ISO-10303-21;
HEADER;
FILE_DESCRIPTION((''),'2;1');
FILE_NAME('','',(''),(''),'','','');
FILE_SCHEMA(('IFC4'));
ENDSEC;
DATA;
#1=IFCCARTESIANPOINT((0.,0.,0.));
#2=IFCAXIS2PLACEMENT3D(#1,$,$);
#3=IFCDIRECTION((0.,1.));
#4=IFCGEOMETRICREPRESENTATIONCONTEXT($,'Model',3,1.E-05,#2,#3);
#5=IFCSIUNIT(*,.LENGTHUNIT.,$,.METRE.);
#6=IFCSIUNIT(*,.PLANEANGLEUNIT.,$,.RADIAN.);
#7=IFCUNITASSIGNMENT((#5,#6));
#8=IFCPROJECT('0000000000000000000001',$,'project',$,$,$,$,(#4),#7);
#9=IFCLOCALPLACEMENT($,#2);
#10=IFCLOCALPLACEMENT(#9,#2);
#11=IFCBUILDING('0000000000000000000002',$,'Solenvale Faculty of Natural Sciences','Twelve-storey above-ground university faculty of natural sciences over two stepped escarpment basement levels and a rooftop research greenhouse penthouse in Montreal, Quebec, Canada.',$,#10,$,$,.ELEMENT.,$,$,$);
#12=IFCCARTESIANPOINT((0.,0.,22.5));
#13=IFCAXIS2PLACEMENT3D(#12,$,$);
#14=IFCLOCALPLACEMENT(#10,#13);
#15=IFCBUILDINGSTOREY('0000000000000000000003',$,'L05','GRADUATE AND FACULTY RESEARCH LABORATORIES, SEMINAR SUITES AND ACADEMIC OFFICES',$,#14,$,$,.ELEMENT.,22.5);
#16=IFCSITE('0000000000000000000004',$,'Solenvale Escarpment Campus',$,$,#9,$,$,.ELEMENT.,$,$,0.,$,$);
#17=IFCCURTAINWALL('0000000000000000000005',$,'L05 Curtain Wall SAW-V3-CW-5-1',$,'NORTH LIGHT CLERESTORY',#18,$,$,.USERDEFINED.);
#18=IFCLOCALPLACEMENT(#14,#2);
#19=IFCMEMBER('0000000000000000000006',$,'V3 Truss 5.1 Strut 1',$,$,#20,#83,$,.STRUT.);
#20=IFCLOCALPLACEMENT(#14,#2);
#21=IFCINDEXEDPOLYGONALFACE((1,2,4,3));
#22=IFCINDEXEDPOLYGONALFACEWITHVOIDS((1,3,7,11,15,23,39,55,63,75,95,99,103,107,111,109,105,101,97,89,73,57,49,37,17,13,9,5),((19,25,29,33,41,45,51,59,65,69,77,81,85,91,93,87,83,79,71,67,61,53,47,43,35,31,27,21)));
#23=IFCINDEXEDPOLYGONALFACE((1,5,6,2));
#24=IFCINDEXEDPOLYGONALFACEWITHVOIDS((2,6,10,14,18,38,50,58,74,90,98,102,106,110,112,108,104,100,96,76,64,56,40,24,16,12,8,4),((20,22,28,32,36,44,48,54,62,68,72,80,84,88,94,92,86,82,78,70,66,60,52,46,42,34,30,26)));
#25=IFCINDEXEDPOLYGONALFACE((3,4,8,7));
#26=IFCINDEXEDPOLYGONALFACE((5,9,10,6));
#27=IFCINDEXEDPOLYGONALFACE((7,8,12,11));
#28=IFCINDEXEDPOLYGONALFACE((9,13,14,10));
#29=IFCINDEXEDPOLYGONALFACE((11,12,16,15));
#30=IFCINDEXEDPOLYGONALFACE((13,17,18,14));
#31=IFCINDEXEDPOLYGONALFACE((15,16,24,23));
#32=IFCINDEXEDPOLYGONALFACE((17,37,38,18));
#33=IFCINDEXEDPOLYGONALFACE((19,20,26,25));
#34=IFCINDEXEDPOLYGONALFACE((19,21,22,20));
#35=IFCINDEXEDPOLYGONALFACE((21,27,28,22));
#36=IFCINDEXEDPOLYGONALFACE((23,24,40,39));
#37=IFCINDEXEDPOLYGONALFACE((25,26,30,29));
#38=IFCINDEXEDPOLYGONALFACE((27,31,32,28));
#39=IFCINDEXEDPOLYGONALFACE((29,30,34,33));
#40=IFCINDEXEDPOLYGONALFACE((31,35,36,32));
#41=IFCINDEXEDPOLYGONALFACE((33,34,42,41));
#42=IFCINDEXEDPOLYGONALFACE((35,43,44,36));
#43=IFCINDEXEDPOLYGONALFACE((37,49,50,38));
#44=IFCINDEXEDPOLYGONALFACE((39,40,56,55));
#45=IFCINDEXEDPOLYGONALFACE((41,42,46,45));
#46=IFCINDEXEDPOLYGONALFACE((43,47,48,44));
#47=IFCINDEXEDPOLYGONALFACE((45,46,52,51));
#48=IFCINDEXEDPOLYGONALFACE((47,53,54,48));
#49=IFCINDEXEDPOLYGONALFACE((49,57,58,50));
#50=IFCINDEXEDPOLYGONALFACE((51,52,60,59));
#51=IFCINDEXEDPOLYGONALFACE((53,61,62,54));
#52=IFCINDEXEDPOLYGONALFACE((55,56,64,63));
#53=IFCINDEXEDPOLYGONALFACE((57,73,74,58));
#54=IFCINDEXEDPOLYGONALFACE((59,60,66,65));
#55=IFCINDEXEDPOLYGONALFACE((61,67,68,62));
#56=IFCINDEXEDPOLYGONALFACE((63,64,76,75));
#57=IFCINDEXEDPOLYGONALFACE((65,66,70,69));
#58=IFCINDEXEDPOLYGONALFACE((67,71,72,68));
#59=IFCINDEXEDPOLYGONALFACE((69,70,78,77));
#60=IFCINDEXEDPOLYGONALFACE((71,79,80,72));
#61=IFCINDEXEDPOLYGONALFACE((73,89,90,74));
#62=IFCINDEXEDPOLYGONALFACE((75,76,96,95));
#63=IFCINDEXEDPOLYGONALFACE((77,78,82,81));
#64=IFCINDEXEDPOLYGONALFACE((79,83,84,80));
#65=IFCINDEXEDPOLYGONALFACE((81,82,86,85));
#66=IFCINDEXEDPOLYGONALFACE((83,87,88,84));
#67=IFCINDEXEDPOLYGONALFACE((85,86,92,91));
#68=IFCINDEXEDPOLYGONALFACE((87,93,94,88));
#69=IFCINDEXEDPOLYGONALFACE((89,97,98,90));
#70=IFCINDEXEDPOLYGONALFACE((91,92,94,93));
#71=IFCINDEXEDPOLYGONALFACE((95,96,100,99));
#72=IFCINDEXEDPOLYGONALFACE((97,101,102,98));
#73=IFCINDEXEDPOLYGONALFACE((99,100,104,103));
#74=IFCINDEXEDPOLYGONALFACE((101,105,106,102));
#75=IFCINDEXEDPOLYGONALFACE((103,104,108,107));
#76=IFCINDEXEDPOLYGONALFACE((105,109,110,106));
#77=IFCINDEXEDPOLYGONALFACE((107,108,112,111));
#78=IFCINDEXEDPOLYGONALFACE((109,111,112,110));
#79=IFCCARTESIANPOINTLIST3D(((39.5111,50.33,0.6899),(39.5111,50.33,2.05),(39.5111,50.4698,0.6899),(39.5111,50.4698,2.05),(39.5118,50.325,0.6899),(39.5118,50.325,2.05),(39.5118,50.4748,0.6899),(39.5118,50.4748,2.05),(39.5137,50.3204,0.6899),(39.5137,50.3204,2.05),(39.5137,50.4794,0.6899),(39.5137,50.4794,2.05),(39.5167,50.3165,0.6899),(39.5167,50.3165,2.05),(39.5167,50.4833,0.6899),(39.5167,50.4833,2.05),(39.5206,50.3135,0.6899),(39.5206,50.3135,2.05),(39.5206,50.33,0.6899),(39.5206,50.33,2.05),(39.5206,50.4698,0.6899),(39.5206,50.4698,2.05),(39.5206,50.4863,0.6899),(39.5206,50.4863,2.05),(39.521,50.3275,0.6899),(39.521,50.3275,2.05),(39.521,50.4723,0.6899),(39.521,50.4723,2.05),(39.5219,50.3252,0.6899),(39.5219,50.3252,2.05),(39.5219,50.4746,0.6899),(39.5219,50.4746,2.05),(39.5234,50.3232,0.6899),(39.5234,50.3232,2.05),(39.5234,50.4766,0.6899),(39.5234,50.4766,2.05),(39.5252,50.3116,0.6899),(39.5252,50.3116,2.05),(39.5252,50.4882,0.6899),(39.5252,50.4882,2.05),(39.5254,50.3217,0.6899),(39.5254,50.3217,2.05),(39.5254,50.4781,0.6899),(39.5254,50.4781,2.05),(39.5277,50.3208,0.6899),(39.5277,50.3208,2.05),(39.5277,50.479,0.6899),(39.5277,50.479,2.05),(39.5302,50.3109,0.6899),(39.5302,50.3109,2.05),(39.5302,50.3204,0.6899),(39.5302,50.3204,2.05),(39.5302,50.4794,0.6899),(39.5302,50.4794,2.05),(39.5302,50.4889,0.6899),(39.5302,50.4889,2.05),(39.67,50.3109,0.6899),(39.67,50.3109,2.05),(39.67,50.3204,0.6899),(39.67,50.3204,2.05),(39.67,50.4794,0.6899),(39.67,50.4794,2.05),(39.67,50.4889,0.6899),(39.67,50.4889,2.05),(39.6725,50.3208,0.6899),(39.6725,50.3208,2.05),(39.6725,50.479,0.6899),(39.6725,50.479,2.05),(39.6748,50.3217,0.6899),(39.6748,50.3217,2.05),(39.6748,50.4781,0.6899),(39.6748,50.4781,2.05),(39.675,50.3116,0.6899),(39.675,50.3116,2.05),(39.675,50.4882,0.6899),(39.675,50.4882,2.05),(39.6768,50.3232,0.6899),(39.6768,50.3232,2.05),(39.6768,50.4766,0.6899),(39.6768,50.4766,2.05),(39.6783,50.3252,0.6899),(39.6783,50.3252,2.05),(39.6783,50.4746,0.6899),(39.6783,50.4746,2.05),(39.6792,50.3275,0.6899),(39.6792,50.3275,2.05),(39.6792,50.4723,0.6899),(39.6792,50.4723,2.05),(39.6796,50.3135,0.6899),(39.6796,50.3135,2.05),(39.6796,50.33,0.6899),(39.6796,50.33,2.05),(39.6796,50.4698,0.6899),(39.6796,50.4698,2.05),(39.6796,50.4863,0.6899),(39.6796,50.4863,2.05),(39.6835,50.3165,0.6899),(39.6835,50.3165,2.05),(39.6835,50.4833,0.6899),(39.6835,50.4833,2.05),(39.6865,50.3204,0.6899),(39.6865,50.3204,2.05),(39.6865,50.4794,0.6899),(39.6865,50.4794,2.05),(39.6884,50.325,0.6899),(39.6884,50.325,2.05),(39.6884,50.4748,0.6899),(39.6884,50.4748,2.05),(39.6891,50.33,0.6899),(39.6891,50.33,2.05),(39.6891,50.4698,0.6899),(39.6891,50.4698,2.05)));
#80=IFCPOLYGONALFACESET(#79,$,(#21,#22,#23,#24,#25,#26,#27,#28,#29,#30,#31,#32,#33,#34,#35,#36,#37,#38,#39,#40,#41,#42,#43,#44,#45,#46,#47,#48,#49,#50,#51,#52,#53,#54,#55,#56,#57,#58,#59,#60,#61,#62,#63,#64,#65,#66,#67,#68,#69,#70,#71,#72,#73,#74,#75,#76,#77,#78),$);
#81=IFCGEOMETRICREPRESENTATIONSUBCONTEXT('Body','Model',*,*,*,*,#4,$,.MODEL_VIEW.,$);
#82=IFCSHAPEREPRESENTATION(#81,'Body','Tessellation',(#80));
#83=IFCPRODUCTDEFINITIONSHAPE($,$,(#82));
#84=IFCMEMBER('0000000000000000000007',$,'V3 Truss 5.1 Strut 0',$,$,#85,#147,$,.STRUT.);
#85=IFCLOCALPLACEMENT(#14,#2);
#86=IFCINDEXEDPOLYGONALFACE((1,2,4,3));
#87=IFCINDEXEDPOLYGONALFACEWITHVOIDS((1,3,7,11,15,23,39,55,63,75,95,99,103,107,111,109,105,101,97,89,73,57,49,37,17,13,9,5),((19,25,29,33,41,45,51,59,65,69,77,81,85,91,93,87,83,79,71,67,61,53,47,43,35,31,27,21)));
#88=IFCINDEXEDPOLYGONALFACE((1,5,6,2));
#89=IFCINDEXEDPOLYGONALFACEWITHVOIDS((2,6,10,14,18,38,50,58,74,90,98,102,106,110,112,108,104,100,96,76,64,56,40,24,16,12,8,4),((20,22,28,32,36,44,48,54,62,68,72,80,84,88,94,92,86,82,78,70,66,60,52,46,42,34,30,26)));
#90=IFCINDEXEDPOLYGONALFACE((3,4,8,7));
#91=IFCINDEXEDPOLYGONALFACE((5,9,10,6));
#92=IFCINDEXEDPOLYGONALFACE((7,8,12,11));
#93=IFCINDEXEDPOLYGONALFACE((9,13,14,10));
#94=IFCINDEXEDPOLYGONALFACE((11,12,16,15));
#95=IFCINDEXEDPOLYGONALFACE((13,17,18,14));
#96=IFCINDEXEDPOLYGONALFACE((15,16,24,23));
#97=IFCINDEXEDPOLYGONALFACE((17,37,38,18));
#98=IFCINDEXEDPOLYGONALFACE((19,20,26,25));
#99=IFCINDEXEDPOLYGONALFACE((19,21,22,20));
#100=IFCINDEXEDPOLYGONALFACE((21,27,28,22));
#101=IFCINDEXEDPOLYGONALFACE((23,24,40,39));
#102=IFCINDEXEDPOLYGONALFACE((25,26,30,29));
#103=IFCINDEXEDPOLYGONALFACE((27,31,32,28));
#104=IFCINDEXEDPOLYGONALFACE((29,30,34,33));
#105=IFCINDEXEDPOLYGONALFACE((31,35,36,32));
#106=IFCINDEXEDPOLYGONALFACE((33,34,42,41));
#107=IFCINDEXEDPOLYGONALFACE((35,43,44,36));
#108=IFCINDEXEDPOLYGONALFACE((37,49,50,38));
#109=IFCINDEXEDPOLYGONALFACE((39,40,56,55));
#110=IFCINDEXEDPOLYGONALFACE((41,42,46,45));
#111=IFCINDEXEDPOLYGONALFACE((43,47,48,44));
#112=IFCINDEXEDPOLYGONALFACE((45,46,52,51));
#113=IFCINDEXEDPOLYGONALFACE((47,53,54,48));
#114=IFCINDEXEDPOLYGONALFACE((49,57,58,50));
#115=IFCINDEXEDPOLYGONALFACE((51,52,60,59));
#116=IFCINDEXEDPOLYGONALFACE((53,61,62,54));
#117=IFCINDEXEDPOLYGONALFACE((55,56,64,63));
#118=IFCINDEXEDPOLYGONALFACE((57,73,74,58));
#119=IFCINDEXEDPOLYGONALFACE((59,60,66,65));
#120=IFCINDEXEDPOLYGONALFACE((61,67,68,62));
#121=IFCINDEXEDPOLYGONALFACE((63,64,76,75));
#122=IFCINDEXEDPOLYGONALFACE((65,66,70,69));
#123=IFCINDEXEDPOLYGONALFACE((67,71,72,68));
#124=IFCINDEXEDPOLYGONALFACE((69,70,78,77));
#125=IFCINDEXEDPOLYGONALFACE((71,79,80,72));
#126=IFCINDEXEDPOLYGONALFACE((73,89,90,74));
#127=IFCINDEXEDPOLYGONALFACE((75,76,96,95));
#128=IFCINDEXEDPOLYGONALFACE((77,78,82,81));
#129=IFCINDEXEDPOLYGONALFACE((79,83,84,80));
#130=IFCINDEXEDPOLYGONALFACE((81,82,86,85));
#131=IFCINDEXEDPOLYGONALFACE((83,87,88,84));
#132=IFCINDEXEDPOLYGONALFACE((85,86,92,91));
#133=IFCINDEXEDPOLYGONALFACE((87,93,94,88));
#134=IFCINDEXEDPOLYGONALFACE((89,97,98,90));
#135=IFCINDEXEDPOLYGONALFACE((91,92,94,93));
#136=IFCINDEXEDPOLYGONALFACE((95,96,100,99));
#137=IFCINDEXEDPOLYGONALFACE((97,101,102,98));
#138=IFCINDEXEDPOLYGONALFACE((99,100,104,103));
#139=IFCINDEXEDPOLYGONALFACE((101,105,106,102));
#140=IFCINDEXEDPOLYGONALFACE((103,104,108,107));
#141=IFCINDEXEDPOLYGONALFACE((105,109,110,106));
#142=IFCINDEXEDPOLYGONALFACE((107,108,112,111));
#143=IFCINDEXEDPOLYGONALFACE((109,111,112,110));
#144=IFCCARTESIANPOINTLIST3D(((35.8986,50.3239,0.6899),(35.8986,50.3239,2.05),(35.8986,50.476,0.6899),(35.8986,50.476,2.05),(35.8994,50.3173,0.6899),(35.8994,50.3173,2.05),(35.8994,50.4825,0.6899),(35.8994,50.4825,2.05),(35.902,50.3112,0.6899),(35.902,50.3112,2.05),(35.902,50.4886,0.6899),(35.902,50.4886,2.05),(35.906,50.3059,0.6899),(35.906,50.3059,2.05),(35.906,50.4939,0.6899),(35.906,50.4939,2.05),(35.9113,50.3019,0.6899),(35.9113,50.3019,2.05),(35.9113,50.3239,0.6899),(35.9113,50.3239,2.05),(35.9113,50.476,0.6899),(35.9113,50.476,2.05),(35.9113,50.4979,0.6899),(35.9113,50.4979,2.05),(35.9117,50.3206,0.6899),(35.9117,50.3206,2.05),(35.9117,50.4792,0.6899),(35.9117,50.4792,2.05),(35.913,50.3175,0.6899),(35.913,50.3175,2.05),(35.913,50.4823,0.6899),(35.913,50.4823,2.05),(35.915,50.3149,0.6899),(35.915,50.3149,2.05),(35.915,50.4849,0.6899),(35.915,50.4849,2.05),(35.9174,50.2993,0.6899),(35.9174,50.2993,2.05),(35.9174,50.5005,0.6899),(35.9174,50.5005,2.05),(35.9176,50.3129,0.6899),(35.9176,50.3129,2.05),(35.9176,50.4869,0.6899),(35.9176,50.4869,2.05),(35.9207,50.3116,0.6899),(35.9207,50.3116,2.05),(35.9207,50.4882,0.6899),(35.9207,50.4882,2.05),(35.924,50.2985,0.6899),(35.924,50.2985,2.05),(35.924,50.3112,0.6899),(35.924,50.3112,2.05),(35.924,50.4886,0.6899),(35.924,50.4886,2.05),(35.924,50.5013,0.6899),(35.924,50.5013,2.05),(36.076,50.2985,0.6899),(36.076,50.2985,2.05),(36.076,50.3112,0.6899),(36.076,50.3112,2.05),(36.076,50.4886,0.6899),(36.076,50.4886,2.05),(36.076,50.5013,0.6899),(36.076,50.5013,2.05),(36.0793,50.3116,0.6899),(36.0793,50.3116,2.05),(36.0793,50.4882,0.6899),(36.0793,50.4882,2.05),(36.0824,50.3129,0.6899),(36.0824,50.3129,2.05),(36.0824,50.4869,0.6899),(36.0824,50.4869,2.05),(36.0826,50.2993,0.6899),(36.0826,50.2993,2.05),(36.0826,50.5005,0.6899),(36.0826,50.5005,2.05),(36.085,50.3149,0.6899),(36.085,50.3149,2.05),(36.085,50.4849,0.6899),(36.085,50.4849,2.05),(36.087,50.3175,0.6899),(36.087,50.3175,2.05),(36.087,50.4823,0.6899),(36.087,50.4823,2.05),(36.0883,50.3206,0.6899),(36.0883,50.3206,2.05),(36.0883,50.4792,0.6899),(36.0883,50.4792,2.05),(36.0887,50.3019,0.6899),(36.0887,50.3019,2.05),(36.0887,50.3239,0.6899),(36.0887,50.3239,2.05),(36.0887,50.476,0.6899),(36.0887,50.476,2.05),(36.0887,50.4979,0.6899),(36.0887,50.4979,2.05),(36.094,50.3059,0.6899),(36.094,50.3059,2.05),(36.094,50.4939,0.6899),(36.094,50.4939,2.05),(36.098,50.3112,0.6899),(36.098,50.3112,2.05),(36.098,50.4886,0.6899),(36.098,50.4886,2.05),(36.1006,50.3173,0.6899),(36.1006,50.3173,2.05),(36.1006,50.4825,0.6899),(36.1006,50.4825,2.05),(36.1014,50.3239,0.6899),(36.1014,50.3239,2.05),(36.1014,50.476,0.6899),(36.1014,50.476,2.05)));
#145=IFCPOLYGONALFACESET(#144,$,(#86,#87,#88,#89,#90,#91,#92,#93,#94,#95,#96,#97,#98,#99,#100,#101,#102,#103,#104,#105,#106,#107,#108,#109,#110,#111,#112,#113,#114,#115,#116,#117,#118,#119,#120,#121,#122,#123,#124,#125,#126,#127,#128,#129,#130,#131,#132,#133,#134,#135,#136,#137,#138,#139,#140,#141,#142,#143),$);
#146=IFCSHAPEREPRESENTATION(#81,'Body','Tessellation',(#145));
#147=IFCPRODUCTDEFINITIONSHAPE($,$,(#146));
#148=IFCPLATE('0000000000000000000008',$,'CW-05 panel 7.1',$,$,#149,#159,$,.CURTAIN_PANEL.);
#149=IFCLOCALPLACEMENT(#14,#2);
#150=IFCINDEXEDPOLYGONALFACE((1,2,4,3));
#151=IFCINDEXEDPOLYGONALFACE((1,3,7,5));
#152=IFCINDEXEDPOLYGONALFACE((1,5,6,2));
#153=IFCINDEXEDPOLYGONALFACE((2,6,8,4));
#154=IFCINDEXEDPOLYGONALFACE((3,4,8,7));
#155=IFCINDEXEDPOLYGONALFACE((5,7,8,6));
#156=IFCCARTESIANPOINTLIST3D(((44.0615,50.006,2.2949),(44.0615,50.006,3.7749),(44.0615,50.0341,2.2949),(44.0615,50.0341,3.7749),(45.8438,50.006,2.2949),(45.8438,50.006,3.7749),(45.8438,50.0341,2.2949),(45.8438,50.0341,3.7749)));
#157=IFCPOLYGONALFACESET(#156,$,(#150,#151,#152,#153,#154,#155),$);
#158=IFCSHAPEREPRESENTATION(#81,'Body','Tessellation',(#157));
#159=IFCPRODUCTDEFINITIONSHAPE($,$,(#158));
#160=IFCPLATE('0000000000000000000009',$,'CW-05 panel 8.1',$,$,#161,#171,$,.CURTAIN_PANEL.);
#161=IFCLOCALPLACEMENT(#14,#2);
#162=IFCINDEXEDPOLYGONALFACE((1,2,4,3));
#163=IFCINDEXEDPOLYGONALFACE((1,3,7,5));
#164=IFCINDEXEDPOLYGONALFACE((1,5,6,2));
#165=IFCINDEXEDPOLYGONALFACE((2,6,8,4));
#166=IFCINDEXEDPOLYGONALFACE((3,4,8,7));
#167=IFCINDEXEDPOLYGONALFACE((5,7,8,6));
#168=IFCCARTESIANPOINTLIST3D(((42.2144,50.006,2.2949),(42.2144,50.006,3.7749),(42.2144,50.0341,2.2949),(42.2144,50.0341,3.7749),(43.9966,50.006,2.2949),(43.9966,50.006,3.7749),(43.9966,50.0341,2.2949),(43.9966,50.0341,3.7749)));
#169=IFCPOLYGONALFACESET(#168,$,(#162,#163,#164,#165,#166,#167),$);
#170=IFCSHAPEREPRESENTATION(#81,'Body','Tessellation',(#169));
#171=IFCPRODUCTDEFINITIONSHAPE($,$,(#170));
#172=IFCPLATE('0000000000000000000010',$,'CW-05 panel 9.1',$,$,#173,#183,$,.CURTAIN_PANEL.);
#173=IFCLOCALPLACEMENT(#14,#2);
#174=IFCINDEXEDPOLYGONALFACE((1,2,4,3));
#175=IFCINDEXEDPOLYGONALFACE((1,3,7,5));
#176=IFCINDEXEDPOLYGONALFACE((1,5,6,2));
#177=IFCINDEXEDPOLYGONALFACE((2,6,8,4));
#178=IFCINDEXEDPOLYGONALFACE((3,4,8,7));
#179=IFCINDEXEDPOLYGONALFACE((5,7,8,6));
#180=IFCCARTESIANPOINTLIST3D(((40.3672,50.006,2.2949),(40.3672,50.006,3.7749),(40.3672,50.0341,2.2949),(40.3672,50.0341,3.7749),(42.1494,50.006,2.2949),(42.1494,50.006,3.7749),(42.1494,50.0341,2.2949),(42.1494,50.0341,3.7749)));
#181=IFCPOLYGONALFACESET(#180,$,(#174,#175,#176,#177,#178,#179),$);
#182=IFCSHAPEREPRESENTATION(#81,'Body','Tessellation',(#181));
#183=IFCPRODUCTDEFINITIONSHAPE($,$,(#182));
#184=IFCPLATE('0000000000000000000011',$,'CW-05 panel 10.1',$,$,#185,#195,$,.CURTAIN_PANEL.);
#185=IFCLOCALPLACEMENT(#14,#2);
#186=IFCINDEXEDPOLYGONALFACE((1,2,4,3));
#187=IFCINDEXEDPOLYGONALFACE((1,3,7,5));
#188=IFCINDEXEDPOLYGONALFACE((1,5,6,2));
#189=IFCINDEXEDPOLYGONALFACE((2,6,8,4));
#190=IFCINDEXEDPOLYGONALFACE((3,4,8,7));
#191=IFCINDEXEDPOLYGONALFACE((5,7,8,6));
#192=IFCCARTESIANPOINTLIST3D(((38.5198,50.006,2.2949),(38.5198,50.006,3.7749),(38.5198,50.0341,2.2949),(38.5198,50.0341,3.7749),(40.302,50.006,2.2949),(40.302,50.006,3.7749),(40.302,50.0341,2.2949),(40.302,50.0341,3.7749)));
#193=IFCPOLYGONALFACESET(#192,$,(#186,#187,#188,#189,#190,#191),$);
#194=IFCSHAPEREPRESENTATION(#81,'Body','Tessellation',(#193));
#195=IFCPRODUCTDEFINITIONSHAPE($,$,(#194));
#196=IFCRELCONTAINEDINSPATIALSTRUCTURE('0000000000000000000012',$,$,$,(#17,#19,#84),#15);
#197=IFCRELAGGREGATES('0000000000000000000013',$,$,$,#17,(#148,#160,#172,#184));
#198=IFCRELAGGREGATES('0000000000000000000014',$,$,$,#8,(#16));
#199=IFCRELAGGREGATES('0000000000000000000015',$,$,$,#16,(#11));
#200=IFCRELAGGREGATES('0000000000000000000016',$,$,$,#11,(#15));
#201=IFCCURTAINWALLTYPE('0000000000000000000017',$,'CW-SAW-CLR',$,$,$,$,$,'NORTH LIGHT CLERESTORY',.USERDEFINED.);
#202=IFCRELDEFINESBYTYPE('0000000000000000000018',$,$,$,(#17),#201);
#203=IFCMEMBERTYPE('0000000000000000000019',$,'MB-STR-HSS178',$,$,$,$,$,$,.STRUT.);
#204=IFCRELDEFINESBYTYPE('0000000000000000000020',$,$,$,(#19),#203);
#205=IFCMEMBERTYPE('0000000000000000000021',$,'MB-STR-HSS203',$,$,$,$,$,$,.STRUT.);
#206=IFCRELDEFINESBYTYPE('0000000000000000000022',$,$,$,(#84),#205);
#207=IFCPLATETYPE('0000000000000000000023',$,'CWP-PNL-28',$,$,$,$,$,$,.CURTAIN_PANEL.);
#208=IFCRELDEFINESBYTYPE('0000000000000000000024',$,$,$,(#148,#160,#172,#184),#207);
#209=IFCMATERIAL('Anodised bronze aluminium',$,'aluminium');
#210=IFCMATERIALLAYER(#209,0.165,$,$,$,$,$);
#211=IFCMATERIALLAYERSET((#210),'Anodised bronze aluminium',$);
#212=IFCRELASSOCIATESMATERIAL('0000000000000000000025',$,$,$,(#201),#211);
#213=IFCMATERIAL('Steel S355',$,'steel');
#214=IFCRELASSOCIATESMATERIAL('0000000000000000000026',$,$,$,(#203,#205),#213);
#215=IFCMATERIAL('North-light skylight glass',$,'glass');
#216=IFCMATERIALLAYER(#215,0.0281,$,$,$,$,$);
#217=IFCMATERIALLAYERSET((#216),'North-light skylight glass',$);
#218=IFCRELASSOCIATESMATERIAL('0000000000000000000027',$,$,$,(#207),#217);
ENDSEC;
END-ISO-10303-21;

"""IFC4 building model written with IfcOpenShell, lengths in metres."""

from ifc_helpers import new_model, si_unit, direction, frame, origin, origin_2d, place, context, subcontext, project, spatial, rectangle, hollow_rectangle, extrude, material, layer, layer_set, material_profile, profile_set, type_object, element, aggregate, save


model = new_model("IFC4")

# Units and contexts
model_context = context("Model", 3, precision=1e-05, world=origin(), true_north=direction((0.0, 1.0)))
body_context = subcontext(model_context, "Body", "Model", "MODEL_VIEW")
ifc_project = project(units=[si_unit("LENGTHUNIT", "METRE"), si_unit("PLANEANGLEUNIT", "RADIAN")], contexts=[model_context])

# Site, building, storey
site_placement = place(None, origin())
site = spatial("IfcSite", under=ifc_project, at=site_placement, Name="Solenvale Escarpment Campus", CompositionType="ELEMENT", RefElevation=0.0)
building_placement = place(site_placement, origin())
building = spatial("IfcBuilding", under=site, at=building_placement, Name="Solenvale Faculty of Natural Sciences", Description="Twelve-storey above-ground university faculty of natural sciences over two stepped escarpment basement levels and a rooftop research greenhouse penthouse in Montreal, Quebec, Canada.", CompositionType="ELEMENT")
storey_placement = place(building_placement, frame((0.0, 0.0, 22.5)))
storey = spatial("IfcBuildingStorey", under=building, at=storey_placement, Name="L05", Description="GRADUATE AND FACULTY RESEARCH LABORATORIES, SEMINAR SUITES AND ACADEMIC OFFICES", CompositionType="ELEMENT", Elevation=22.5)

# Shared definitions
ifc_material_1 = material(Name="Steel S355", Category="steel")

# Curtain wall
ifc_material_2 = material(Name="Anodised bronze aluminium", Category="aluminium")
ifc_layer_1 = layer(ifc_material_2, 0.165)
ifc_layer_set_1 = layer_set([ifc_layer_1], Name="Anodised bronze aluminium")
curtain_wall_type = type_object("IfcCurtainWallType", Name="CW-SAW-CLR", ElementType="NORTH LIGHT CLERESTORY", PredefinedType="USERDEFINED", material=ifc_layer_set_1)
curtain_wall_placement = place(storey_placement, origin())
curtain_wall = element("IfcCurtainWall", 1, at=curtain_wall_placement, inside=storey, type_object=curtain_wall_type, Name="L05 Curtain Wall SAW-V3-CW-5-1", ObjectType="NORTH LIGHT CLERESTORY", PredefinedType="USERDEFINED")

# Members
ifc_material_profile_1 = material_profile(ifc_material_1, hollow_rectangle(XDim=0.178, YDim=0.178, WallThickness=0.0095, InnerFilletRadius=0.0095, OuterFilletRadius=0.019, at=origin_2d()), Name="HSS178x178x9.5")
ifc_profile_set_1 = profile_set([ifc_material_profile_1], Name="Steel S355")
member_type_1 = type_object("IfcMemberType", Name="MB-STR-HSS178", PredefinedType="STRUT", material=ifc_profile_set_1)
member_1_placement = place(storey_placement, frame((39.6001, 50.3999, 0.6899), z_axis=(0.0, 0.0, 1.0), x_axis=(1.0, 0.0, 0.0)))
element("IfcMember", 2, at=member_1_placement, inside=storey, type_object=member_type_1, Name="V3 Truss 5.1 Strut 1", PredefinedType="STRUT", context=body_context, shape_type="SweptSolid", body=[
    extrude(hollow_rectangle(XDim=0.178, YDim=0.178, WallThickness=0.0095, InnerFilletRadius=0.0095, OuterFilletRadius=0.019, at=origin_2d()), origin(), (0.0, 0.0, 1.0), 1.3601),
])
ifc_material_profile_2 = material_profile(ifc_material_1, hollow_rectangle(XDim=0.2029, YDim=0.2029, WallThickness=0.0127, InnerFilletRadius=0.0127, OuterFilletRadius=0.0254, at=origin_2d()), Name="HSS203x203x13")
ifc_profile_set_2 = profile_set([ifc_material_profile_2], Name="Steel S355")
member_type_2 = type_object("IfcMemberType", Name="MB-STR-HSS203", PredefinedType="STRUT", material=ifc_profile_set_2)
member_2_placement = place(storey_placement, frame((36.0, 50.3999, 0.6899), z_axis=(0.0, 0.0, 1.0), x_axis=(1.0, 0.0, 0.0)))
element("IfcMember", 3, at=member_2_placement, inside=storey, type_object=member_type_2, Name="V3 Truss 5.1 Strut 0", PredefinedType="STRUT", context=body_context, shape_type="SweptSolid", body=[
    extrude(hollow_rectangle(XDim=0.2029, YDim=0.2029, WallThickness=0.0127, InnerFilletRadius=0.0127, OuterFilletRadius=0.0254, at=origin_2d()), origin(), (0.0, 0.0, 1.0), 1.3601),
])

# Plates
ifc_material_3 = material(Name="North-light skylight glass", Category="glass")
ifc_layer_2 = layer(ifc_material_3, 0.0281)
ifc_layer_set_2 = layer_set([ifc_layer_2], Name="North-light skylight glass")
plate_type_1 = type_object("IfcPlateType", Name="CWP-PNL-28", PredefinedType="CURTAIN_PANEL", material=ifc_layer_set_2)
plate_1_placement = place(storey_placement, frame((44.9526, 50.02, 2.2949), z_axis=(0.0, 0.0, 1.0), x_axis=(-1.0, 0.0, 0.0)))
plate_1 = element("IfcPlate", 4, at=plate_1_placement, type_object=plate_type_1, Name="CW-05 panel 7.1", PredefinedType="CURTAIN_PANEL", context=body_context, shape_type="SweptSolid", body=[
    extrude(rectangle(XDim=1.7822, YDim=0.0281, at=origin_2d()), origin(), (0.0, 0.0, 1.0), 1.48),
])
plate_2_placement = place(storey_placement, frame((43.1055, 50.02, 2.2949), z_axis=(0.0, 0.0, 1.0), x_axis=(-1.0, 0.0, 0.0)))
plate_2 = element("IfcPlate", 5, at=plate_2_placement, type_object=plate_type_1, Name="CW-05 panel 8.1", PredefinedType="CURTAIN_PANEL", context=body_context, shape_type="SweptSolid", body=[
    extrude(rectangle(XDim=1.7822, YDim=0.0281, at=origin_2d()), origin(), (0.0, 0.0, 1.0), 1.48),
])
plate_3_placement = place(storey_placement, frame((41.2583, 50.02, 2.2949), z_axis=(0.0, 0.0, 1.0), x_axis=(-1.0, 0.0, 0.0)))
plate_3 = element("IfcPlate", 6, at=plate_3_placement, type_object=plate_type_1, Name="CW-05 panel 9.1", PredefinedType="CURTAIN_PANEL", context=body_context, shape_type="SweptSolid", body=[
    extrude(rectangle(XDim=1.7822, YDim=0.0281, at=origin_2d()), origin(), (0.0, 0.0, 1.0), 1.48),
])
plate_4_placement = place(storey_placement, frame((39.4109, 50.02, 2.2949), z_axis=(0.0, 0.0, 1.0), x_axis=(-1.0, 0.0, 0.0)))
plate_4 = element("IfcPlate", 7, at=plate_4_placement, type_object=plate_type_1, Name="CW-05 panel 10.1", PredefinedType="CURTAIN_PANEL", context=body_context, shape_type="SweptSolid", body=[
    extrude(rectangle(XDim=1.7822, YDim=0.0281, at=origin_2d()), origin(), (0.0, 0.0, 1.0), 1.48),
])
aggregate(curtain_wall, [plate_1, plate_2, plate_3, plate_4])

save(model, "model.ifc")
